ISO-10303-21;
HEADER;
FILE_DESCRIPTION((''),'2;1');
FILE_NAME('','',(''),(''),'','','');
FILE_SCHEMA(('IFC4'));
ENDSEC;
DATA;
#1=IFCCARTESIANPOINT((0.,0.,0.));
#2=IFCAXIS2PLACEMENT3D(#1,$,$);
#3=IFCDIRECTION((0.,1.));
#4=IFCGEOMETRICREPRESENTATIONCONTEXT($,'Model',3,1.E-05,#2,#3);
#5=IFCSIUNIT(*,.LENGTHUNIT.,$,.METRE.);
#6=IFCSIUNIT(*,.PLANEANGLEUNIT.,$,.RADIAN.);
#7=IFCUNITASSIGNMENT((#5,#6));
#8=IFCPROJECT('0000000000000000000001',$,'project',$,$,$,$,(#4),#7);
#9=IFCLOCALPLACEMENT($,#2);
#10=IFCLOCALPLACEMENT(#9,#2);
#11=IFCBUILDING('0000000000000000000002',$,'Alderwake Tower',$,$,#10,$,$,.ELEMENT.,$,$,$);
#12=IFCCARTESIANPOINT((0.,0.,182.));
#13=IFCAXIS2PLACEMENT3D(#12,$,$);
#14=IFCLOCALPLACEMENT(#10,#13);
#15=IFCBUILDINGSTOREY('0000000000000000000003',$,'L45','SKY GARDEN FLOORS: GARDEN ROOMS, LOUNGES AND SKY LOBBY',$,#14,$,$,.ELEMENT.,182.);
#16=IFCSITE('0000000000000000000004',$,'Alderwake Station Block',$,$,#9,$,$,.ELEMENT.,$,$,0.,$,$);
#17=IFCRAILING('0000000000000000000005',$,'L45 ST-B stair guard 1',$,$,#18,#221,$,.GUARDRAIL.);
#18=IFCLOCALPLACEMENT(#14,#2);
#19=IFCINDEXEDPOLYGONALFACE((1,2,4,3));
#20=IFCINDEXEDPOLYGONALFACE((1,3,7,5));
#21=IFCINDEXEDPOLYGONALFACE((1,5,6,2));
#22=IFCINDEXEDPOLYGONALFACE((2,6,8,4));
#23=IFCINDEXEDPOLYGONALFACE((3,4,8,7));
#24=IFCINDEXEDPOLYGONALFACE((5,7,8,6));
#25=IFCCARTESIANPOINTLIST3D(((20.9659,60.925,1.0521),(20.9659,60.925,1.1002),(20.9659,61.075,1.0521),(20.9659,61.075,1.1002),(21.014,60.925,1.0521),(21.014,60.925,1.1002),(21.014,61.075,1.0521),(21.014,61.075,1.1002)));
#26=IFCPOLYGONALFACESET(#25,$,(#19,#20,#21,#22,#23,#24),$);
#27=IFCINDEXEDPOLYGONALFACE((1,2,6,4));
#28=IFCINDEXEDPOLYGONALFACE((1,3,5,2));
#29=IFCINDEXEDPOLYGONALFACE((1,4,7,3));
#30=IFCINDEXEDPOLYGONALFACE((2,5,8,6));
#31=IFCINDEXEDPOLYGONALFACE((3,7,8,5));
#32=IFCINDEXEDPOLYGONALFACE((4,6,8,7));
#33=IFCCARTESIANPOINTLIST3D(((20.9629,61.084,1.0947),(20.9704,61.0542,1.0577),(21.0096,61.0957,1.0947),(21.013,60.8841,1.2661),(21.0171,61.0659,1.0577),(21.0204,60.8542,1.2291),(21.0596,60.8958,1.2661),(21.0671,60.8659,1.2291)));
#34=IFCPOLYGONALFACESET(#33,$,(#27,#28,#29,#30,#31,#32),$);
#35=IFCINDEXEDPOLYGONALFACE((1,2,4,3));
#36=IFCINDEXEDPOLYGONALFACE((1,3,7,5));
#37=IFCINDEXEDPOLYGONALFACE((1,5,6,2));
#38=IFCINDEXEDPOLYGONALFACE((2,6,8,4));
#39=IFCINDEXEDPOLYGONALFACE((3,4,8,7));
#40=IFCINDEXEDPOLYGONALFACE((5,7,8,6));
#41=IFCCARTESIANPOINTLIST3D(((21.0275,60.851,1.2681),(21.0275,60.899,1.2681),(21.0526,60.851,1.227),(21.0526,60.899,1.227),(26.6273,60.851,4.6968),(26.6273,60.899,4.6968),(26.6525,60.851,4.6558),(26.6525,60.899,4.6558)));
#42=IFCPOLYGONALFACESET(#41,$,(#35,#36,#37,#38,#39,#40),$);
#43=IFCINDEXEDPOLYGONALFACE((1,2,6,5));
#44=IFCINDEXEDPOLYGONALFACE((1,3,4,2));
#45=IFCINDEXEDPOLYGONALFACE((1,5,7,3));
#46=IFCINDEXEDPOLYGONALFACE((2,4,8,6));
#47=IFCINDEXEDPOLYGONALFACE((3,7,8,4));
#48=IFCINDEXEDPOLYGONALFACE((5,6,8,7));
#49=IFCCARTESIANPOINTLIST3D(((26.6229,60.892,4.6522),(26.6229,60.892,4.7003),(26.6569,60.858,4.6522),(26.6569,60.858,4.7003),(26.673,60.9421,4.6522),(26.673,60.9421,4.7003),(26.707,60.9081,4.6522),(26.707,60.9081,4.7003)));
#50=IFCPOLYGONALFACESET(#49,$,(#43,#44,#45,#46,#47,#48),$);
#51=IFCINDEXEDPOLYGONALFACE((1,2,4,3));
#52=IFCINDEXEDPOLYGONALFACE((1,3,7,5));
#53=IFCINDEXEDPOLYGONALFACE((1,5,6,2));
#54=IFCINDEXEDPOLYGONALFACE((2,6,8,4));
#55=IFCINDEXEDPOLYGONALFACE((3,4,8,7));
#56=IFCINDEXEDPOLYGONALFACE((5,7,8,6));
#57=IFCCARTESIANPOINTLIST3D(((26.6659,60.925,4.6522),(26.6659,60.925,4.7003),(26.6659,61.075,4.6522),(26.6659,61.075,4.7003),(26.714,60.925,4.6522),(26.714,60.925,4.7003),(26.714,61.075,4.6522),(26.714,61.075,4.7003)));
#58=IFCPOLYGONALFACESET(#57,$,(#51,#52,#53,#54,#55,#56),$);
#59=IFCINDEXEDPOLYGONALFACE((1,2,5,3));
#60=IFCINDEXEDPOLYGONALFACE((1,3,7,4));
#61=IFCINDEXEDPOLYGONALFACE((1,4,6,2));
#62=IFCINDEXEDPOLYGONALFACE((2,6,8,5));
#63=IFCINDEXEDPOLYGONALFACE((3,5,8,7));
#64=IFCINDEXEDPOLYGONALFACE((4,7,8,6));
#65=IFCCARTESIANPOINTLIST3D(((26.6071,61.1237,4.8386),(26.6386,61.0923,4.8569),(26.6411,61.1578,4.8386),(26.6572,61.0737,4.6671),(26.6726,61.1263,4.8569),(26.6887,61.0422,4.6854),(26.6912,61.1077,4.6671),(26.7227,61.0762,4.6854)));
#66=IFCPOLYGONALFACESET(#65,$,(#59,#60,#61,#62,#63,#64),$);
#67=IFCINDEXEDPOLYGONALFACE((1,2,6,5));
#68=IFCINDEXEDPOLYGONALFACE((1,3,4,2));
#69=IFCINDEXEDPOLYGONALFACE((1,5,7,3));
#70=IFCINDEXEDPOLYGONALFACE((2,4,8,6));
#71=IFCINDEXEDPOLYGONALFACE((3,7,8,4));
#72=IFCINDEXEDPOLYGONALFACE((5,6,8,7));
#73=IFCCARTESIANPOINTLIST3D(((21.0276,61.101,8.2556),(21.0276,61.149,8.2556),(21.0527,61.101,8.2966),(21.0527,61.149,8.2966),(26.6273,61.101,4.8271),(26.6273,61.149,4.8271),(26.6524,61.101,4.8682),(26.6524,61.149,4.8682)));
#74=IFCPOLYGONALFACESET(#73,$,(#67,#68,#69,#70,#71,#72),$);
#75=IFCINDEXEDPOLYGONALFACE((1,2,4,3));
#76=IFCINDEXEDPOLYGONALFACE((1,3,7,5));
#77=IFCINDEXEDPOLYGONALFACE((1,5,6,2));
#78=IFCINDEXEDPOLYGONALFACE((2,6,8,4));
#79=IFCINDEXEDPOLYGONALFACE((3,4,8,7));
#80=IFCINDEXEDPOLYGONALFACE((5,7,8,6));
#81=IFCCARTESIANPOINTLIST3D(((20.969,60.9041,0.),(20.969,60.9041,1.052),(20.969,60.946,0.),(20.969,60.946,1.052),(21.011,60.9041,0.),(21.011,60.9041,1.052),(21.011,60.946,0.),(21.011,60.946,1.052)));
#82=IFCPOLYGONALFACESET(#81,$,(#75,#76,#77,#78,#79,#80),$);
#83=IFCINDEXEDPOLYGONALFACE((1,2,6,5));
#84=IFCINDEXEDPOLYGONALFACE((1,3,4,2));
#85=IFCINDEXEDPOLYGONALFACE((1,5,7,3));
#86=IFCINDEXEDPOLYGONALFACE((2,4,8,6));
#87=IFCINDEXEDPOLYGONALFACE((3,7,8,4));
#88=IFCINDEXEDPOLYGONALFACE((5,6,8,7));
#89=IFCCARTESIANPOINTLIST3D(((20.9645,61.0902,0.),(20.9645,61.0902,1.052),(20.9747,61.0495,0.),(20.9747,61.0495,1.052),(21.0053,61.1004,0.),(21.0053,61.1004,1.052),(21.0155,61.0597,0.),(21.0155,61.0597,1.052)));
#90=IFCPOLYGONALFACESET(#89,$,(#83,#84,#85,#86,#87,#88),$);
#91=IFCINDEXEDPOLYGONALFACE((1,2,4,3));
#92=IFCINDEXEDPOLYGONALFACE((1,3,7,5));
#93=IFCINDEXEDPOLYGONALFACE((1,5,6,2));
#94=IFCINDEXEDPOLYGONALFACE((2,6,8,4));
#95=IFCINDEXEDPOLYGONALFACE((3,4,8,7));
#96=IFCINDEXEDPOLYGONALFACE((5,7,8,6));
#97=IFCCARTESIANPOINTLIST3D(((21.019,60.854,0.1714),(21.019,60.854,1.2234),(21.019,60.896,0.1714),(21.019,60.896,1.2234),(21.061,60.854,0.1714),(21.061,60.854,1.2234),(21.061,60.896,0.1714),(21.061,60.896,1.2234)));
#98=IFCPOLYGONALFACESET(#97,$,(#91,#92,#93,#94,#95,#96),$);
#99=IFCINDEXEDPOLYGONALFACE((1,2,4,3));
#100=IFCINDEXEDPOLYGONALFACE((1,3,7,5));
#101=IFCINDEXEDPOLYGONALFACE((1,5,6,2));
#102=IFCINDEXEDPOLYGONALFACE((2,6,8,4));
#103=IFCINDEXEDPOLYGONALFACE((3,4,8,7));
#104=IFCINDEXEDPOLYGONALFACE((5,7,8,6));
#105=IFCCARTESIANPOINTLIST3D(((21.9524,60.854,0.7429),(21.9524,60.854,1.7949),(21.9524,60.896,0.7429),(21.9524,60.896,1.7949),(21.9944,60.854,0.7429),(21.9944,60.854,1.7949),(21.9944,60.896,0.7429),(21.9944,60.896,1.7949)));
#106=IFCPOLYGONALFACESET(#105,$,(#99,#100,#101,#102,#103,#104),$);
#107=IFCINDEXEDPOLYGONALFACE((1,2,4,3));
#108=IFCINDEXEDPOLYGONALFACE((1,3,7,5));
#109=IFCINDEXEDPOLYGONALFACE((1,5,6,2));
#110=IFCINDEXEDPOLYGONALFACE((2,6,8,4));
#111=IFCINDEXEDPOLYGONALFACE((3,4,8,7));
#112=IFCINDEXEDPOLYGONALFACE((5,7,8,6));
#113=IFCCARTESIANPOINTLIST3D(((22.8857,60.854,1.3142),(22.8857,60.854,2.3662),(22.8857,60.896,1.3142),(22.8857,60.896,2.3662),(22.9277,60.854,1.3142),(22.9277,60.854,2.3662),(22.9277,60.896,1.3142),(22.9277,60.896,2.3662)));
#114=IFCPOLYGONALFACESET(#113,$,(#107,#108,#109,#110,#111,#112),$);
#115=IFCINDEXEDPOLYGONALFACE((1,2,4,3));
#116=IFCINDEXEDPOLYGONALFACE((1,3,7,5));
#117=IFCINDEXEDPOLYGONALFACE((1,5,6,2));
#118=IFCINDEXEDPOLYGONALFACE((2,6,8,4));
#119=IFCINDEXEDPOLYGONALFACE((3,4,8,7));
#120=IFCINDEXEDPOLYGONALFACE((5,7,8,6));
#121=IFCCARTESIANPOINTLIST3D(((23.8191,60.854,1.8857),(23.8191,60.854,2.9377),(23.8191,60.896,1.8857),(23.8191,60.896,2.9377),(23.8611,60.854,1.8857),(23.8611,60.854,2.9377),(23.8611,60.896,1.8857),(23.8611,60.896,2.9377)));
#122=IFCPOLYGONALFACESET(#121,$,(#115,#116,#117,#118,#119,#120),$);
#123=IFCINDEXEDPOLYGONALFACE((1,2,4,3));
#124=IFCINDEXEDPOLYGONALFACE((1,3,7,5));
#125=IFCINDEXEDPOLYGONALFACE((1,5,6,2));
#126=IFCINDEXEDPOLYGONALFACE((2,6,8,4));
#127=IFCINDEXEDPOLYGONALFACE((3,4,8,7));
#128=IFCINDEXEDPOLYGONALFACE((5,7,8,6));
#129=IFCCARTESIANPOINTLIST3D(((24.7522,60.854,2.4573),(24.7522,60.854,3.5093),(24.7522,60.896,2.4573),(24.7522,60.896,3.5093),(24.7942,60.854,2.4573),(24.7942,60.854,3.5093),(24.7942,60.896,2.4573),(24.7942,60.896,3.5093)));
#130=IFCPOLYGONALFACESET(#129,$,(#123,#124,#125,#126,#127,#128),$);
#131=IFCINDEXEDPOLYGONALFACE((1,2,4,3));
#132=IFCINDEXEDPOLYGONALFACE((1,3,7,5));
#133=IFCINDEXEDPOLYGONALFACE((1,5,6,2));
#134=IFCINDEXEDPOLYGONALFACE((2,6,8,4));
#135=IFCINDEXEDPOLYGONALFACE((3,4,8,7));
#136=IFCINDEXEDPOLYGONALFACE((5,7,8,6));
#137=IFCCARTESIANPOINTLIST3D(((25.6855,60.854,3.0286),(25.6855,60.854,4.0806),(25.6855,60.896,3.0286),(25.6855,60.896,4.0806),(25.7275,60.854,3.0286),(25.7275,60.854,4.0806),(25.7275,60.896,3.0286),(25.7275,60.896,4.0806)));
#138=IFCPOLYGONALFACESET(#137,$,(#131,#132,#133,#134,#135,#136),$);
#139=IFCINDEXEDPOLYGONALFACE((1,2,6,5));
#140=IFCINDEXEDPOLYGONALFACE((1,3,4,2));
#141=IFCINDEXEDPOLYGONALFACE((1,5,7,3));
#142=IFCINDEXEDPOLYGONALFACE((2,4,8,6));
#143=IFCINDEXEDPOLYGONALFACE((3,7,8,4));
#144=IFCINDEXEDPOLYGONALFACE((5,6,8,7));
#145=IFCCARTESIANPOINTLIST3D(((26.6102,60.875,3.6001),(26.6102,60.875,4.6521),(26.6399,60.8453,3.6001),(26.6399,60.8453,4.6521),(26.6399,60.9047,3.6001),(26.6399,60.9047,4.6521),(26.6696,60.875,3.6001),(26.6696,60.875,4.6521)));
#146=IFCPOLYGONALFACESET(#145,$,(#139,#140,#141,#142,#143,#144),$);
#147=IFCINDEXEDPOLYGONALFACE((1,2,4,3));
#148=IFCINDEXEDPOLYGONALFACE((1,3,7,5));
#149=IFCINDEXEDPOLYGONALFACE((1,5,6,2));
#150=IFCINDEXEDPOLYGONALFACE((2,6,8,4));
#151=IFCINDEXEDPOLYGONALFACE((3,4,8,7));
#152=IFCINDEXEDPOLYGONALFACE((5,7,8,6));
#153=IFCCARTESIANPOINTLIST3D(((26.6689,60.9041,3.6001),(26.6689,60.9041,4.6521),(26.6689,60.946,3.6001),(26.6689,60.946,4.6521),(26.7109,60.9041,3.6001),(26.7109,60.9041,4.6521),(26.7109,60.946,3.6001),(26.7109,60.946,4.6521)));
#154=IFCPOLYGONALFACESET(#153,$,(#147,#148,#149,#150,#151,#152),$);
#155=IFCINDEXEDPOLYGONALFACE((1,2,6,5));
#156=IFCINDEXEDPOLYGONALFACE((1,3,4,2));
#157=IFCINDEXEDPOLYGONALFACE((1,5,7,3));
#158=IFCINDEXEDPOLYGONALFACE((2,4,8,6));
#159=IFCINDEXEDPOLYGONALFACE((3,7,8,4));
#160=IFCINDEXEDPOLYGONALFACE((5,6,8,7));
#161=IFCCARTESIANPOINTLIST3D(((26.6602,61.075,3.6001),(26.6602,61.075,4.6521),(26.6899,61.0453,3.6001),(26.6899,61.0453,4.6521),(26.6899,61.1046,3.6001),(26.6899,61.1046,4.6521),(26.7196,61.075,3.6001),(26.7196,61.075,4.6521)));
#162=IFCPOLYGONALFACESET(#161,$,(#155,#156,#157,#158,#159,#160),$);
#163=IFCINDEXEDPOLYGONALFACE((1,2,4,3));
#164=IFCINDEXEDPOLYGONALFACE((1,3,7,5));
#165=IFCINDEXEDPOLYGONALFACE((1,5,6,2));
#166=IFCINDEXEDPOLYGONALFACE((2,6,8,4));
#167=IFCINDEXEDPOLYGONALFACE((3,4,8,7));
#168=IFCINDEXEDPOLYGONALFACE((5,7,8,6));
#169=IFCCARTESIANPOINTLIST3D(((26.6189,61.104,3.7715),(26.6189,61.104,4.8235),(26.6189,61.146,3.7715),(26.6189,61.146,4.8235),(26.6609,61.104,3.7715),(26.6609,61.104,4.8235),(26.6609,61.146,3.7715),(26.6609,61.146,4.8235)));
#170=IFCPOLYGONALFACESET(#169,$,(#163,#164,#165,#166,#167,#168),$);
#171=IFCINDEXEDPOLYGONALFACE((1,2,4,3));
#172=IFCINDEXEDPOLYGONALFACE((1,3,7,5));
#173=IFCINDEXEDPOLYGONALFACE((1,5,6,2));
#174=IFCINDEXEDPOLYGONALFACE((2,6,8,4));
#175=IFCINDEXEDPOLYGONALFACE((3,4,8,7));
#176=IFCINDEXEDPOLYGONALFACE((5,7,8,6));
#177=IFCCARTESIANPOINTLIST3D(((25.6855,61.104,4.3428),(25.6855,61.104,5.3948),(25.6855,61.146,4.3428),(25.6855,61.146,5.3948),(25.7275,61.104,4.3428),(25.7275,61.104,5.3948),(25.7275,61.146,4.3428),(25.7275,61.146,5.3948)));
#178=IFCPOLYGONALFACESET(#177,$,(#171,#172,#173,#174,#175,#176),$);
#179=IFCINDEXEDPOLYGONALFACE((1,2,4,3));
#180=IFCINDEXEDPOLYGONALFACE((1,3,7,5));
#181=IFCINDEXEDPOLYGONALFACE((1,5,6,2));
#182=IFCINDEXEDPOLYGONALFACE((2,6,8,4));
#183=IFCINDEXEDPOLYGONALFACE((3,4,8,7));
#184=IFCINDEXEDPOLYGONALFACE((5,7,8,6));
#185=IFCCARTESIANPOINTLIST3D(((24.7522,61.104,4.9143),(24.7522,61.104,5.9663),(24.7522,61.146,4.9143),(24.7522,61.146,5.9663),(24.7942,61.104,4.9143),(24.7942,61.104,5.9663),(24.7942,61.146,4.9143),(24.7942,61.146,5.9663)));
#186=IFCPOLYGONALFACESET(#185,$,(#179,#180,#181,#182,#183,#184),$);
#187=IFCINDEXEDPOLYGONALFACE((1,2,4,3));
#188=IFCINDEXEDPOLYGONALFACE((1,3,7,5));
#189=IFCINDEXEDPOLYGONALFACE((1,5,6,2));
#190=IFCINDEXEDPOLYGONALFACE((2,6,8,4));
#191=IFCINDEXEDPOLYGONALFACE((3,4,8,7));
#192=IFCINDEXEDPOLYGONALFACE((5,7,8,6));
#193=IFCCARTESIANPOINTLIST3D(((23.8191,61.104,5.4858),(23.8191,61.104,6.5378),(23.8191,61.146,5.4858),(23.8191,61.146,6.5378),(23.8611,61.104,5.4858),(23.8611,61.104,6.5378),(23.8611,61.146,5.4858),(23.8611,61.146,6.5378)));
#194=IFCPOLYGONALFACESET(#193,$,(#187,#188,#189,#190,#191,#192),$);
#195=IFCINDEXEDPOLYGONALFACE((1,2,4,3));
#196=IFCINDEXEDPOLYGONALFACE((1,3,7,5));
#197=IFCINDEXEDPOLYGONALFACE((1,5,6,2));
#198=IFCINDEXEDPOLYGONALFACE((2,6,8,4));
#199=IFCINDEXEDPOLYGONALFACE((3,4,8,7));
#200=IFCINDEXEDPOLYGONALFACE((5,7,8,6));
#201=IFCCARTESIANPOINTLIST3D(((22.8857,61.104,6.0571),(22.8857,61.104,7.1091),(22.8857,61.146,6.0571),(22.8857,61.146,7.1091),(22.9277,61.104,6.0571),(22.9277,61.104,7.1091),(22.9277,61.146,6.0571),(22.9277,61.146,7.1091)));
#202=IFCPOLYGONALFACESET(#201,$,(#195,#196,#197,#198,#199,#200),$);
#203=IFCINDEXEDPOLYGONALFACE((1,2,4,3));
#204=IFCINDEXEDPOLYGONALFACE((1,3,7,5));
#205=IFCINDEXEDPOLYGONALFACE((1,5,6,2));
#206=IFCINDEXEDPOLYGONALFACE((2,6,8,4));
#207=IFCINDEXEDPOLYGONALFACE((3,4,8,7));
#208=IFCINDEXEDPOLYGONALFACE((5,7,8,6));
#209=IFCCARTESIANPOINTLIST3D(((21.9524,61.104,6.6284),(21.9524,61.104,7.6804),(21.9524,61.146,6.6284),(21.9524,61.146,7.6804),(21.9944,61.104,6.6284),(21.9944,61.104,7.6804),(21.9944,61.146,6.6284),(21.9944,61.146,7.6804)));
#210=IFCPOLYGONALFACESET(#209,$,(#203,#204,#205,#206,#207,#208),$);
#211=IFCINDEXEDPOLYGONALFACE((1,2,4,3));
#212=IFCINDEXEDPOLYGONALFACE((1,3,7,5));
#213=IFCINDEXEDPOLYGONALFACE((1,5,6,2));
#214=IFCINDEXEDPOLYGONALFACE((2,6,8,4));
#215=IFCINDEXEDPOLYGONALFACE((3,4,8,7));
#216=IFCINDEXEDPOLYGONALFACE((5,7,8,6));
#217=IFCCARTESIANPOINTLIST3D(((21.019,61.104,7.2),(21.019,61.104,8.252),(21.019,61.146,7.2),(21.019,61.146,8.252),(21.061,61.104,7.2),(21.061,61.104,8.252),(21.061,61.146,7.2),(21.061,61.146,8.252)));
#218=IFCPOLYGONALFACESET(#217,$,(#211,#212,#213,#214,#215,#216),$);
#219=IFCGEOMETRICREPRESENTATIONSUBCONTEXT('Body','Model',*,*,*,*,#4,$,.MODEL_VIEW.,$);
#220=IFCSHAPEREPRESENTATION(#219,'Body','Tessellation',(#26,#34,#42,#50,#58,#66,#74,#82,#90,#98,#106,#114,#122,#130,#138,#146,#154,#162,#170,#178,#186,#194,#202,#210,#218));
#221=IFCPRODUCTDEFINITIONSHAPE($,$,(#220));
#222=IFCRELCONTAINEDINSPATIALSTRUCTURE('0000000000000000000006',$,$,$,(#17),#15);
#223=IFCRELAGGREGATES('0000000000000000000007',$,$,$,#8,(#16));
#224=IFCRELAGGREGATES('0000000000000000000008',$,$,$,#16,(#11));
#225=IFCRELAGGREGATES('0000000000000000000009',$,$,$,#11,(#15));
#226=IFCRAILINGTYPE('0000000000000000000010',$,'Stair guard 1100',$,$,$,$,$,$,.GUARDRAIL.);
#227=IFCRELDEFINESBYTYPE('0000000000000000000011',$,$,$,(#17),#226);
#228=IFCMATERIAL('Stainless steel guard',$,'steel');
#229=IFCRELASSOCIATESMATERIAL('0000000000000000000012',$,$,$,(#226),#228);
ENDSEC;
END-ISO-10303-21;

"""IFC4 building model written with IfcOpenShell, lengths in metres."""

from ifc_helpers import new_model, si_unit, direction, frame, origin, origin_2d, place, context, subcontext, project, spatial, rectangle, extrude, material, type_object, element, save


model = new_model("IFC4")

# Units and contexts
model_context = context("Model", 3, precision=1e-05, world=origin(), true_north=direction((0.0, 1.0)))
body_context = subcontext(model_context, "Body", "Model", "MODEL_VIEW")
ifc_project = project(units=[si_unit("LENGTHUNIT", "METRE"), si_unit("PLANEANGLEUNIT", "RADIAN")], contexts=[model_context])

# Site, building, storey
site_placement = place(None, origin())
site = spatial("IfcSite", under=ifc_project, at=site_placement, Name="Alderwake Station Block", CompositionType="ELEMENT", RefElevation=0.0)
building_placement = place(site_placement, origin())
building = spatial("IfcBuilding", under=site, at=building_placement, Name="Alderwake Tower", CompositionType="ELEMENT")
storey_placement = place(building_placement, frame((0.0, 0.0, 182.0)))
storey = spatial("IfcBuildingStorey", under=building, at=storey_placement, Name="L45", Description="SKY GARDEN FLOORS: GARDEN ROOMS, LOUNGES AND SKY LOBBY", CompositionType="ELEMENT", Elevation=182.0)

# Railing
ifc_material_1 = material(Name="Stainless steel guard", Category="steel")
railing_type_1 = type_object("IfcRailingType", Name="Stair guard 1100", PredefinedType="GUARDRAIL", material=ifc_material_1)
railing_1_placement = place(storey_placement, frame((20.99, 60.925, 0.0)))
element("IfcRailing", 1, at=railing_1_placement, inside=storey, type_object=railing_type_1, Name="L45 ST-B stair guard 1", PredefinedType="GUARDRAIL", context=body_context, shape_type="SweptSolid", body=[
    extrude(rectangle(XDim=0.0481, YDim=0.0481, at=origin_2d()), frame((0.0, 0.0, 1.0762), z_axis=(0.0, 1.0, 0.0), x_axis=(-1.0, 0.0, 0.0)), (0.0, 0.0, 1.0), 0.1499),
    extrude(rectangle(XDim=0.0481, YDim=0.0481, at=origin_2d()), frame((0.0, 0.1499, 1.0762), z_axis=(0.186704, -0.745906, 0.639348), x_axis=(0.970073, 0.242814, 0.0)), (0.0, 0.0, 1.0), 0.2681),
    extrude(rectangle(XDim=0.0481, YDim=0.0481, at=origin_2d()), frame((0.05, -0.05, 1.2476), z_axis=(0.852836, 0.0, 0.522179), x_axis=(0.0, 1.0, 0.0)), (0.0, 0.0, 1.0), 6.5662),
    extrude(rectangle(XDim=0.0481, YDim=0.0481, at=origin_2d()), frame((5.6499, -0.05, 4.6763), z_axis=(0.707107, 0.707107, 0.0), x_axis=(-0.707107, 0.707107, 0.0)), (0.0, 0.0, 1.0), 0.0708),
    extrude(rectangle(XDim=0.0481, YDim=0.0481, at=origin_2d()), frame((5.7, 0.0, 4.6763), z_axis=(0.0, 1.0, 0.0), x_axis=(-1.0, 0.0, 0.0)), (0.0, 0.0, 1.0), 0.1499),
    extrude(rectangle(XDim=0.0481, YDim=0.0481, at=origin_2d()), frame((5.7, 0.1499, 4.6763), z_axis=(-0.269911, 0.269911, 0.924281), x_axis=(-0.707107, -0.707107, 0.0)), (0.0, 0.0, 1.0), 0.1855),
    extrude(rectangle(XDim=0.0481, YDim=0.0481, at=origin_2d()), frame((5.6499, 0.2, 4.8477), z_axis=(-0.852852, 0.0, 0.522152), x_axis=(0.0, -1.0, 0.0)), (0.0, 0.0, 1.0), 6.5659),
    extrude(rectangle(XDim=0.042, YDim=0.042, at=origin_2d()), frame((0.0, 0.0, 0.0), z_axis=(0.0, 0.0, 1.0), x_axis=(0.0, 1.0, 0.0)), (0.0, 0.0, 1.0), 1.052),
    extrude(rectangle(XDim=0.042, YDim=0.042, at=origin_2d()), frame((0.0, 0.1499, 0.0), z_axis=(0.0, 0.0, 1.0), x_axis=(0.242814, -0.970073, 0.0)), (0.0, 0.0, 1.0), 1.052),
    extrude(rectangle(XDim=0.042, YDim=0.042, at=origin_2d()), frame((0.05, -0.05, 0.1714), z_axis=(0.0, 0.0, 1.0), x_axis=(1.0, 0.0, 0.0)), (0.0, 0.0, 1.0), 1.052),
    extrude(rectangle(XDim=0.042, YDim=0.042, at=origin_2d()), frame((0.9834, -0.05, 0.7429), z_axis=(0.0, 0.0, 1.0), x_axis=(1.0, 0.0, 0.0)), (0.0, 0.0, 1.0), 1.052),
    extrude(rectangle(XDim=0.042, YDim=0.042, at=origin_2d()), frame((1.9167, -0.05, 1.3142), z_axis=(0.0, 0.0, 1.0), x_axis=(1.0, 0.0, 0.0)), (0.0, 0.0, 1.0), 1.052),
    extrude(rectangle(XDim=0.042, YDim=0.042, at=origin_2d()), frame((2.8501, -0.05, 1.8857), z_axis=(0.0, 0.0, 1.0), x_axis=(1.0, 0.0, 0.0)), (0.0, 0.0, 1.0), 1.052),
    extrude(rectangle(XDim=0.042, YDim=0.042, at=origin_2d()), frame((3.7832, -0.05, 2.4573), z_axis=(0.0, 0.0, 1.0), x_axis=(1.0, 0.0, 0.0)), (0.0, 0.0, 1.0), 1.052),
    extrude(rectangle(XDim=0.042, YDim=0.042, at=origin_2d()), frame((4.7166, -0.05, 3.0286), z_axis=(0.0, 0.0, 1.0), x_axis=(1.0, 0.0, 0.0)), (0.0, 0.0, 1.0), 1.052),
    extrude(rectangle(XDim=0.042, YDim=0.042, at=origin_2d()), frame((5.6499, -0.05, 3.6001), z_axis=(0.0, 0.0, 1.0), x_axis=(0.707107, 0.707107, 0.0)), (0.0, 0.0, 1.0), 1.052),
    extrude(rectangle(XDim=0.042, YDim=0.042, at=origin_2d()), frame((5.7, 0.0, 3.6001), z_axis=(0.0, 0.0, 1.0), x_axis=(0.0, 1.0, 0.0)), (0.0, 0.0, 1.0), 1.052),
    extrude(rectangle(XDim=0.042, YDim=0.042, at=origin_2d()), frame((5.7, 0.1499, 3.6001), z_axis=(0.0, 0.0, 1.0), x_axis=(-0.707107, 0.707107, 0.0)), (0.0, 0.0, 1.0), 1.052),
    extrude(rectangle(XDim=0.042, YDim=0.042, at=origin_2d()), frame((5.6499, 0.2, 3.7715), z_axis=(0.0, 0.0, 1.0), x_axis=(-1.0, 0.0, 0.0)), (0.0, 0.0, 1.0), 1.052),
    extrude(rectangle(XDim=0.042, YDim=0.042, at=origin_2d()), frame((4.7166, 0.2, 4.3428), z_axis=(0.0, 0.0, 1.0), x_axis=(-1.0, 0.0, 0.0)), (0.0, 0.0, 1.0), 1.052),
    extrude(rectangle(XDim=0.042, YDim=0.042, at=origin_2d()), frame((3.7832, 0.2, 4.9143), z_axis=(0.0, 0.0, 1.0), x_axis=(-1.0, 0.0, 0.0)), (0.0, 0.0, 1.0), 1.052),
    extrude(rectangle(XDim=0.042, YDim=0.042, at=origin_2d()), frame((2.8501, 0.2, 5.4858), z_axis=(0.0, 0.0, 1.0), x_axis=(-1.0, 0.0, 0.0)), (0.0, 0.0, 1.0), 1.052),
    extrude(rectangle(XDim=0.042, YDim=0.042, at=origin_2d()), frame((1.9167, 0.2, 6.0571), z_axis=(0.0, 0.0, 1.0), x_axis=(-1.0, 0.0, 0.0)), (0.0, 0.0, 1.0), 1.052),
    extrude(rectangle(XDim=0.042, YDim=0.042, at=origin_2d()), frame((0.9834, 0.2, 6.6284), z_axis=(0.0, 0.0, 1.0), x_axis=(-1.0, 0.0, 0.0)), (0.0, 0.0, 1.0), 1.052),
    extrude(rectangle(XDim=0.042, YDim=0.042, at=origin_2d()), frame((0.05, 0.2, 7.2), z_axis=(0.0, 0.0, 1.0), x_axis=(-1.0, 0.0, 0.0)), (0.0, 0.0, 1.0), 1.052),
])

save(model, "model.ifc")
